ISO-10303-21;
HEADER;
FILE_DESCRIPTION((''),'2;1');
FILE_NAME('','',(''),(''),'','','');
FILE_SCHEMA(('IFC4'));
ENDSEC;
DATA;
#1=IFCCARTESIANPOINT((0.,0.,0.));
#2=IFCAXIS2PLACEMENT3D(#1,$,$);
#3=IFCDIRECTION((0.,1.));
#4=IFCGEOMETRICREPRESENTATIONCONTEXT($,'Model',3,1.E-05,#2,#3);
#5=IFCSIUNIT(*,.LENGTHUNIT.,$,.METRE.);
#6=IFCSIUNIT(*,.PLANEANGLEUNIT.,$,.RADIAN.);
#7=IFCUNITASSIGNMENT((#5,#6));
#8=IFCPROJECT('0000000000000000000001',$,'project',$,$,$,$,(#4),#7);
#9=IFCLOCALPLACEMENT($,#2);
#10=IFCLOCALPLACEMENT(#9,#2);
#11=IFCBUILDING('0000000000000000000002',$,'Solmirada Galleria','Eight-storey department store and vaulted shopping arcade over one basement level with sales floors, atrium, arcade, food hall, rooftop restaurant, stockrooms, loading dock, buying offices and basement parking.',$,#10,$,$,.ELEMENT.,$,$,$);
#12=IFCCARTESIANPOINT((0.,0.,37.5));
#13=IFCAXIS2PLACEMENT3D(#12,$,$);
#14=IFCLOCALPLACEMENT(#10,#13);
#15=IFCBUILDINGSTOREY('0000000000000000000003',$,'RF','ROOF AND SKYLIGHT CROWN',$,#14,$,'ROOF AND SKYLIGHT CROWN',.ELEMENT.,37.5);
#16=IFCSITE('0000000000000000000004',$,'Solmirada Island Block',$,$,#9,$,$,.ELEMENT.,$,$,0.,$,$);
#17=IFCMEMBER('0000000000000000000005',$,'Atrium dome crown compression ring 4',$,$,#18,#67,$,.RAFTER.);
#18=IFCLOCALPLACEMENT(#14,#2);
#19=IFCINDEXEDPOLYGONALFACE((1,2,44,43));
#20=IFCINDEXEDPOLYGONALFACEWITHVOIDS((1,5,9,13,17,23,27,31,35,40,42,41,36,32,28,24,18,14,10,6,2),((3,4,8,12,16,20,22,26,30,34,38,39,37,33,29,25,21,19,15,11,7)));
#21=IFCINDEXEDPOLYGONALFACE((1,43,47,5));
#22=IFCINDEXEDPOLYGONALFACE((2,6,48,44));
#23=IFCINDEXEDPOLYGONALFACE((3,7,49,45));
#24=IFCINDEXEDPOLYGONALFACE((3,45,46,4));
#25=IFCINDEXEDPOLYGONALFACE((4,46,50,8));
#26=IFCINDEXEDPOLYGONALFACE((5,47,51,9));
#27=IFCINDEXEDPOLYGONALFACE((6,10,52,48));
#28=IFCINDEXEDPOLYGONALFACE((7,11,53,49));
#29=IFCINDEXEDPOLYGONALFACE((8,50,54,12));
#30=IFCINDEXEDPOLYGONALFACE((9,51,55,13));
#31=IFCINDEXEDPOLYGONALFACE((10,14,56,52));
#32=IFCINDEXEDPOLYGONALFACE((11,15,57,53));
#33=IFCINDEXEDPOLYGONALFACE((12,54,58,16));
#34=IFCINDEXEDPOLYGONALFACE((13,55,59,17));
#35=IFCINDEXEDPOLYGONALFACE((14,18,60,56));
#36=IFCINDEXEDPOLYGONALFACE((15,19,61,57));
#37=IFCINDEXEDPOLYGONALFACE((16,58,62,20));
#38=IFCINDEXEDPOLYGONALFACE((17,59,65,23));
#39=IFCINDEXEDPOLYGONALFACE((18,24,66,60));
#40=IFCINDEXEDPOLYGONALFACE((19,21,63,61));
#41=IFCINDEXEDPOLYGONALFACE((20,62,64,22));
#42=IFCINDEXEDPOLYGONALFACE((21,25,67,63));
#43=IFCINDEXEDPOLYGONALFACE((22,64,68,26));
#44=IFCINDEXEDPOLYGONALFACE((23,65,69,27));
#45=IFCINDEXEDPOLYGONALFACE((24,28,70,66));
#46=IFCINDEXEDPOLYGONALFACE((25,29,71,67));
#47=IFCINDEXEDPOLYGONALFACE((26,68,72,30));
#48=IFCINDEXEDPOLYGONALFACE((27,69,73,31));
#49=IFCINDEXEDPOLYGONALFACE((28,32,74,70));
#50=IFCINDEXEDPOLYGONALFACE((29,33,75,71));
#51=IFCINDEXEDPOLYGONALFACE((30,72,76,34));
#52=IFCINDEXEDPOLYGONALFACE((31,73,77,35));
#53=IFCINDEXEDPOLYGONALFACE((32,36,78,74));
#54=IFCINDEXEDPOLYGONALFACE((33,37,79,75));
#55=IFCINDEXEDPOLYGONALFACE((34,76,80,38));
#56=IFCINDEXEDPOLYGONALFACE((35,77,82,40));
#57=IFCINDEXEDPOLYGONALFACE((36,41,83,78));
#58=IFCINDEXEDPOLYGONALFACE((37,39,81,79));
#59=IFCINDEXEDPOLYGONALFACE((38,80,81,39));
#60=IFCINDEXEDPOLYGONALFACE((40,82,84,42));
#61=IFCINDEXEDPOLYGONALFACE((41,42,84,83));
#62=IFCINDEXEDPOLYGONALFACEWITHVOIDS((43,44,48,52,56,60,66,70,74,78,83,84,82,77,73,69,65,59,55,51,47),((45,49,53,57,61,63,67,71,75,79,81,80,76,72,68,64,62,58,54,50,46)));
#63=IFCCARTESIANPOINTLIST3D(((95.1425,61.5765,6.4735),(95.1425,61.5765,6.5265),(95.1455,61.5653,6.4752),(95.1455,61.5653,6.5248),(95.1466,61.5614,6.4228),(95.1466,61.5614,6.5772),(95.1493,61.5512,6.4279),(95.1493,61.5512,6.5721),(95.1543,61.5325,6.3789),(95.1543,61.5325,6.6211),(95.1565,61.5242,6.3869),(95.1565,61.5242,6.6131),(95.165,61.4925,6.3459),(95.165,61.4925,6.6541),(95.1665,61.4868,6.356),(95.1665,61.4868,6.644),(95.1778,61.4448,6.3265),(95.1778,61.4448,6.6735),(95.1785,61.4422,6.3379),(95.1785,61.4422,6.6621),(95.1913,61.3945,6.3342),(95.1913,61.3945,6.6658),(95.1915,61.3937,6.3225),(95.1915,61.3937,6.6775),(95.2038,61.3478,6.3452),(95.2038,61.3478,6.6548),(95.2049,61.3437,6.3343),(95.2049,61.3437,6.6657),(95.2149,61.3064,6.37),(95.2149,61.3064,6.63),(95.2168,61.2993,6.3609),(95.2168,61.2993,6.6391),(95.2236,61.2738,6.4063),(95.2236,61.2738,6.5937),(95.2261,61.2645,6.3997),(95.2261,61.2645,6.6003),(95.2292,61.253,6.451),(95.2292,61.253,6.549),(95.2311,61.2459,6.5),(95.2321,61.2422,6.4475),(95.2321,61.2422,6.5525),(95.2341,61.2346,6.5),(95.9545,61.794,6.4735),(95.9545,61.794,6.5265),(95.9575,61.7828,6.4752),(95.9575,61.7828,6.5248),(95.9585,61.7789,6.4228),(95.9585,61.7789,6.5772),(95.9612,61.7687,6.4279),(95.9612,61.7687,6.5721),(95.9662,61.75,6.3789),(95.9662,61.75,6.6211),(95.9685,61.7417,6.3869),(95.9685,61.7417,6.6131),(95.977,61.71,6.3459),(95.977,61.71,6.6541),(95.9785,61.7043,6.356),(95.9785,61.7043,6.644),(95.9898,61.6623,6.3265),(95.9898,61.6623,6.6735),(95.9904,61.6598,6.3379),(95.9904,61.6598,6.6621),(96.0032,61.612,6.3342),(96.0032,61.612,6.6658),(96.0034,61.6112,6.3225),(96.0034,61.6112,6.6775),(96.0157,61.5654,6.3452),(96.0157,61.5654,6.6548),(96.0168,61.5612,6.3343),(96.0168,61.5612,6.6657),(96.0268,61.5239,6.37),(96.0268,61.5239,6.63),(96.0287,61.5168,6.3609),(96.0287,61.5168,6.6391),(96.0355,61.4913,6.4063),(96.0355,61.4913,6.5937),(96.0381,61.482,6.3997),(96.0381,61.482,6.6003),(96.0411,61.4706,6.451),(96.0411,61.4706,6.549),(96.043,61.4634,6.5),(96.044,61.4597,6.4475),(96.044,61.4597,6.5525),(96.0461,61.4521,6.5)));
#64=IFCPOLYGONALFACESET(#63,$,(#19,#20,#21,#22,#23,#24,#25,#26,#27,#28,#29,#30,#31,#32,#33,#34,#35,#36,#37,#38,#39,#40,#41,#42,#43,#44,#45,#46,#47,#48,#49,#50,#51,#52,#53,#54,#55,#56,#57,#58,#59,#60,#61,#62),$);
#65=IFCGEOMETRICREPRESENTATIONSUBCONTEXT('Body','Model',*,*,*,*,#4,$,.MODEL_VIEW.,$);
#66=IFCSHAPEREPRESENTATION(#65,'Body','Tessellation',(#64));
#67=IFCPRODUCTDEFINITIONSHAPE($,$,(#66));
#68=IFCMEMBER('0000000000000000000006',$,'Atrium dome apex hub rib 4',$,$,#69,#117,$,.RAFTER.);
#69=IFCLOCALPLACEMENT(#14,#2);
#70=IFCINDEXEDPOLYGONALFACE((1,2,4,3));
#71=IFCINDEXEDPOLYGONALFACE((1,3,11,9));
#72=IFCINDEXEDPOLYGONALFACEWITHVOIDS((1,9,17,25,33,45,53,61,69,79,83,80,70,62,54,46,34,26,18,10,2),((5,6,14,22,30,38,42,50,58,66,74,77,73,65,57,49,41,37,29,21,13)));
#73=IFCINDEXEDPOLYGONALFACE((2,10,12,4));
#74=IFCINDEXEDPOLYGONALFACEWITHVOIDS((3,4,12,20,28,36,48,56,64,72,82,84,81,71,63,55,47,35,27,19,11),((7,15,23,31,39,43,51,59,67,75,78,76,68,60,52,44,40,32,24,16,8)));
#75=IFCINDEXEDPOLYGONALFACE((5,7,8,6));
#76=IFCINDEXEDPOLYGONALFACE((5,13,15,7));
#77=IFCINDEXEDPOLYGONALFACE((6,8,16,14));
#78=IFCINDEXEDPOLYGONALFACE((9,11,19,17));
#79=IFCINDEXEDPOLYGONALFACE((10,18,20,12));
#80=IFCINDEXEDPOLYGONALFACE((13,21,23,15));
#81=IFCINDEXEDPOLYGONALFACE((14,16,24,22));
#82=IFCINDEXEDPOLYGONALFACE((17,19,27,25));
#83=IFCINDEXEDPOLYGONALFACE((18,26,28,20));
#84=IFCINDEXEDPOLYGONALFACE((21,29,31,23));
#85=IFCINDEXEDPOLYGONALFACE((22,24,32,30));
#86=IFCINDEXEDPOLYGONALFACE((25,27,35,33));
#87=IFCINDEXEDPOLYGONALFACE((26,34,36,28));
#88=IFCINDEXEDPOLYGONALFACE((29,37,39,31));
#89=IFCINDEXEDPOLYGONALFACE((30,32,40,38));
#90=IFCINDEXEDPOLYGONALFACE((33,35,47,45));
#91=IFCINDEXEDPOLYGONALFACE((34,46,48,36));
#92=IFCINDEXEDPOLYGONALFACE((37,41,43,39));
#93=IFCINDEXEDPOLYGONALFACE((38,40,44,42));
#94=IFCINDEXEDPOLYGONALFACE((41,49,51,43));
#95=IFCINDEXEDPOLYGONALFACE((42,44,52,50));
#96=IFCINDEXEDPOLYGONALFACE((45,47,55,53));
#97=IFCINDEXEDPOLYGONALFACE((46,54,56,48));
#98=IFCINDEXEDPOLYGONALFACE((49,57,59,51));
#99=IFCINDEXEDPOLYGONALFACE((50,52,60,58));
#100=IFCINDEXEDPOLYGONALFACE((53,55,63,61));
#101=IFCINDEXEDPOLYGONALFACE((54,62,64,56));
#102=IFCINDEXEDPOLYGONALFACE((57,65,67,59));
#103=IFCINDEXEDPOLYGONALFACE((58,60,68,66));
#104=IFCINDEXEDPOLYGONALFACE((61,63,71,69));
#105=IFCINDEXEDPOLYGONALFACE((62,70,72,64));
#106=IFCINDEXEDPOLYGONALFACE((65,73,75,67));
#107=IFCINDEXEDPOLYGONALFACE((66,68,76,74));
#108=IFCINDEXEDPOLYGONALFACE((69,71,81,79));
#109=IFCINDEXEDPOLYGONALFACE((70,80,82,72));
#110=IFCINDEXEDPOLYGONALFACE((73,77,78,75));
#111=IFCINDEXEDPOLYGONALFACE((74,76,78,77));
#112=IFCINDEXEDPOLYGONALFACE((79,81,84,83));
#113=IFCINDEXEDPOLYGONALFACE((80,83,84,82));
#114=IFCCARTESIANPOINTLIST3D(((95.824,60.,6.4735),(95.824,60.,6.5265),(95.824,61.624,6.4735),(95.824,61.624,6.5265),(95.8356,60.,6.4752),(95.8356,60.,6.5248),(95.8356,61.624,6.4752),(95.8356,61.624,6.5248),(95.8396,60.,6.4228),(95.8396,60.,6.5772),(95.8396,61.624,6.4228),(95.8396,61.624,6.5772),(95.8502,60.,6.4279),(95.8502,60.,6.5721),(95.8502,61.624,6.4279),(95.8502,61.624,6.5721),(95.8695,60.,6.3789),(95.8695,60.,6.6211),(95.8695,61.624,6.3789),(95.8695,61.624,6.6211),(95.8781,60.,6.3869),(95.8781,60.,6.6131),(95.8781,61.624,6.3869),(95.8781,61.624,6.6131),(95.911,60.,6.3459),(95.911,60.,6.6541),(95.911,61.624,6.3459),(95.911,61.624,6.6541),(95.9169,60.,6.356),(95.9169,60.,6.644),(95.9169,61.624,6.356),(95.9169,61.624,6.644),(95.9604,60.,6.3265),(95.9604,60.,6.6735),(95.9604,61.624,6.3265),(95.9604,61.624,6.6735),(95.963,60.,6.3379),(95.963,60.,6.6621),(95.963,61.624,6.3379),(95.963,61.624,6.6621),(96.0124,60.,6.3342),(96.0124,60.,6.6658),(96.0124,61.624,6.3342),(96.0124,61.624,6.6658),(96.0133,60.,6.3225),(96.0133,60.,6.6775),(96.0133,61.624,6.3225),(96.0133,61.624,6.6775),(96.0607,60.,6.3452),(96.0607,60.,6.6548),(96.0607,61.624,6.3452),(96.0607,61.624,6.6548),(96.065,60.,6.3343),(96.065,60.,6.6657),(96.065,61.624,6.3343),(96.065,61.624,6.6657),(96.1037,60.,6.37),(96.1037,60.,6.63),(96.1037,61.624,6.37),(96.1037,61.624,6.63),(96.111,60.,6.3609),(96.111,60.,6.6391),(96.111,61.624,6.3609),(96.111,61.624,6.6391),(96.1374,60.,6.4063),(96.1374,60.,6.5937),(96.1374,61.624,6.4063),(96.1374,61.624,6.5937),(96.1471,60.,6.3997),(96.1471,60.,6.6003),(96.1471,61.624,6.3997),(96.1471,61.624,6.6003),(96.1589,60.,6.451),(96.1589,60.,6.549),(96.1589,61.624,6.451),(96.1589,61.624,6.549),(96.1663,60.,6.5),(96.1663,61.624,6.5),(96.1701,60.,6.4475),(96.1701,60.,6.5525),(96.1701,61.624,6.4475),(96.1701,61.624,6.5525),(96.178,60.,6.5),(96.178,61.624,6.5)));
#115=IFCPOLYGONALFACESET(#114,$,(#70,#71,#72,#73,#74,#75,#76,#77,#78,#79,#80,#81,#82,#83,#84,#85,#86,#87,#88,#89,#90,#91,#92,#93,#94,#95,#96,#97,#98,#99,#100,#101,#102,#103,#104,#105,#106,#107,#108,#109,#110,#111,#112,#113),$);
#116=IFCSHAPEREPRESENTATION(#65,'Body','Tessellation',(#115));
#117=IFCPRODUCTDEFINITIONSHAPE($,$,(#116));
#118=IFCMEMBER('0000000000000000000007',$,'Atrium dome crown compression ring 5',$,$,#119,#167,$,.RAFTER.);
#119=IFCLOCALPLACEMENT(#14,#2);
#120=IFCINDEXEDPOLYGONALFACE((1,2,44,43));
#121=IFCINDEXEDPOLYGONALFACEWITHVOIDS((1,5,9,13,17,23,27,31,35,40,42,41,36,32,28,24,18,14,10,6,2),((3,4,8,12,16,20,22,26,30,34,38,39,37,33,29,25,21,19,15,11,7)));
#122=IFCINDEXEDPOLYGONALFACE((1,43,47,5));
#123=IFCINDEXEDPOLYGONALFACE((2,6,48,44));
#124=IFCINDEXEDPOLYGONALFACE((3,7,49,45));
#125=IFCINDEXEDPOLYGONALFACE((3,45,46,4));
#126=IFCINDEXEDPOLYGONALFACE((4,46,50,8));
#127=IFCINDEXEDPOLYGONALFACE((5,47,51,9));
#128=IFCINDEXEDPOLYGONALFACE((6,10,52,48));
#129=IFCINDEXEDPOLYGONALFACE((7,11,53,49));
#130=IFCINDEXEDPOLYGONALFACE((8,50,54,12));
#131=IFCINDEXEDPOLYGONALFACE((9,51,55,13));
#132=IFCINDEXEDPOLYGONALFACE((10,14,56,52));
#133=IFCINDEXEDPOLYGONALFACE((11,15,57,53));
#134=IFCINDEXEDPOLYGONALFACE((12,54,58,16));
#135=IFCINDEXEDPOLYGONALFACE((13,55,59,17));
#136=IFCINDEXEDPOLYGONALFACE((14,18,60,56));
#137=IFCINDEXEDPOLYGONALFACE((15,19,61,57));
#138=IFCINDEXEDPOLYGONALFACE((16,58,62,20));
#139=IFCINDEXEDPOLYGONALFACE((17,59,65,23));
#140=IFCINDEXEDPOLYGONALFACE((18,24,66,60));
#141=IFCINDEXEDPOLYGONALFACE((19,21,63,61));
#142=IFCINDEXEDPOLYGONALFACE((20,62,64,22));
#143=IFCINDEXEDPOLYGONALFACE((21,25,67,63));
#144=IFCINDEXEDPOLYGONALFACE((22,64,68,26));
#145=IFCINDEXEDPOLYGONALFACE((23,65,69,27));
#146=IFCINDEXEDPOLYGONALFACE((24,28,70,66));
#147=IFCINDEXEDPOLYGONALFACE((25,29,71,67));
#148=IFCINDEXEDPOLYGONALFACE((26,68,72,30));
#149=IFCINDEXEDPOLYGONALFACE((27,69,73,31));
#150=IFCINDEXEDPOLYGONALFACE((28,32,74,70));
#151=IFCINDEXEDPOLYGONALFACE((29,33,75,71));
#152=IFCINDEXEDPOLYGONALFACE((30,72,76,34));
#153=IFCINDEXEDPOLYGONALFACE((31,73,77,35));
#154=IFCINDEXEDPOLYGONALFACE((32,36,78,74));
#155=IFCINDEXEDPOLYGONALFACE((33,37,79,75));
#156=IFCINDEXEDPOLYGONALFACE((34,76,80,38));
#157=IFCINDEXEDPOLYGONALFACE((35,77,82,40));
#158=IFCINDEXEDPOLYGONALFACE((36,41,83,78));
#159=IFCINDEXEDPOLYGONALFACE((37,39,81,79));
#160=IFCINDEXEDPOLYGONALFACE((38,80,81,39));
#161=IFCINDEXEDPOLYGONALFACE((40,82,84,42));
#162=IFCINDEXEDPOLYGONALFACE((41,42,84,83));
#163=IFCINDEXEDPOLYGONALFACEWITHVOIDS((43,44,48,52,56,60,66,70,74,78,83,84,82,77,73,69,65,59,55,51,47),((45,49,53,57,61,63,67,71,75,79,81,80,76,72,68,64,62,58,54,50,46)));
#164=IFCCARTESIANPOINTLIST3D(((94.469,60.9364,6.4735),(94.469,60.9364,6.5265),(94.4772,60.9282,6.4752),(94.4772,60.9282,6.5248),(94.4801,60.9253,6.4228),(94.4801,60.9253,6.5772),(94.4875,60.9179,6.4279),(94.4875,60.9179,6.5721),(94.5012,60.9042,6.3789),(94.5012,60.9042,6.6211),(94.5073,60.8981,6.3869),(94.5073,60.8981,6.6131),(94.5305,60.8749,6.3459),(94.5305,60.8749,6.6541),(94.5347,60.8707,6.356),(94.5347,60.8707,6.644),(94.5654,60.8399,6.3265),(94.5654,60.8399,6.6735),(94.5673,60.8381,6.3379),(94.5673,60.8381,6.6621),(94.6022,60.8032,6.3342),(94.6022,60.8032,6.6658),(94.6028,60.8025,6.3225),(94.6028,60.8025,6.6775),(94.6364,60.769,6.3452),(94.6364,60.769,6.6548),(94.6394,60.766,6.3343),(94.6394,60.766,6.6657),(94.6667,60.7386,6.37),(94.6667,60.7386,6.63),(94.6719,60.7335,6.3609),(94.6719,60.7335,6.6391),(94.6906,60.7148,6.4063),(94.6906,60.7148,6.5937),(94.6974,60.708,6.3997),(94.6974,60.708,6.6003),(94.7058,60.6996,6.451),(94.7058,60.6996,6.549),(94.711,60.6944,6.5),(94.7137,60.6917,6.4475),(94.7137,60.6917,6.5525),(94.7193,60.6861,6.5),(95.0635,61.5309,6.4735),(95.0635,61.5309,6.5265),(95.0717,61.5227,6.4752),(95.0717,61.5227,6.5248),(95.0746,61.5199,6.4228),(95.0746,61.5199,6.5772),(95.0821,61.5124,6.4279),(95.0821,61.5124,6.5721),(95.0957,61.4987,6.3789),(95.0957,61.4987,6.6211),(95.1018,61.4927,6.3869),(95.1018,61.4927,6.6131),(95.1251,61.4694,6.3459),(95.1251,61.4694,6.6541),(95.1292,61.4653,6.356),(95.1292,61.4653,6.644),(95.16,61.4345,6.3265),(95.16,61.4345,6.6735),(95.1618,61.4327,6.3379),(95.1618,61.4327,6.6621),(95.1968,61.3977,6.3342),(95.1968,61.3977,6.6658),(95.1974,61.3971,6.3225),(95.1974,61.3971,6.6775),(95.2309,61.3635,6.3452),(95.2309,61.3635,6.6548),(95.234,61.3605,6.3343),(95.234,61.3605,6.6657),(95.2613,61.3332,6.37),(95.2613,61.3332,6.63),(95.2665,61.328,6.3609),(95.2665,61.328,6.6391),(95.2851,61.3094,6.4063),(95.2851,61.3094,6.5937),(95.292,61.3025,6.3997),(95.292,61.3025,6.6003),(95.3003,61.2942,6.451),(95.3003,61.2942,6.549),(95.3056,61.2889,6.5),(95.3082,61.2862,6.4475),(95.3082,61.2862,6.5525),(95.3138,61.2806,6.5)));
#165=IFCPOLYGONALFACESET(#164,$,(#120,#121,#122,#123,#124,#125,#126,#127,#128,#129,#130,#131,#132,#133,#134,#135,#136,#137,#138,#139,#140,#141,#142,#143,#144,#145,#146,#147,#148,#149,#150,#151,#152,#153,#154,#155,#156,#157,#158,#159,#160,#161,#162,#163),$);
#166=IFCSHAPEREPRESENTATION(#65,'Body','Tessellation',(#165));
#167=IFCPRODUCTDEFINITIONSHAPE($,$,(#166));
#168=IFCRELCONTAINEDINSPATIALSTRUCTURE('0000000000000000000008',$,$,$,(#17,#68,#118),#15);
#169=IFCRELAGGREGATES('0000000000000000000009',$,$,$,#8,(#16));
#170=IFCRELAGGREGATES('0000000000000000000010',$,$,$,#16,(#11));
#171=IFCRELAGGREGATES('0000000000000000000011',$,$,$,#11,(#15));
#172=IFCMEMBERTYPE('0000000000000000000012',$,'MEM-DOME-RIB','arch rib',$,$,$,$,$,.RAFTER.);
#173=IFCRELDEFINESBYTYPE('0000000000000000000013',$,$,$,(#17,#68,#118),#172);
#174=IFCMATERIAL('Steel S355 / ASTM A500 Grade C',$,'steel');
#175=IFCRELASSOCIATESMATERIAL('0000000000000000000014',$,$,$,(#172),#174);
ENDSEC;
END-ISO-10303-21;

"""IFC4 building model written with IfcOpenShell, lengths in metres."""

from ifc_helpers import new_model, si_unit, direction, frame, origin, origin_2d, place, context, subcontext, project, spatial, hollow_circle, extrude, material, material_profile, profile_set, type_object, element, save


model = new_model("IFC4")

# Units and contexts
model_context = context("Model", 3, precision=1e-05, world=origin(), true_north=direction((0.0, 1.0)))
body_context = subcontext(model_context, "Body", "Model", "MODEL_VIEW")
ifc_project = project(units=[si_unit("LENGTHUNIT", "METRE"), si_unit("PLANEANGLEUNIT", "RADIAN")], contexts=[model_context])

# Site, building, storey
site_placement = place(None, origin())
site = spatial("IfcSite", under=ifc_project, at=site_placement, Name="Solmirada Island Block", CompositionType="ELEMENT", RefElevation=0.0)
building_placement = place(site_placement, origin())
building = spatial("IfcBuilding", under=site, at=building_placement, Name="Solmirada Galleria", Description="Eight-storey department store and vaulted shopping arcade over one basement level with sales floors, atrium, arcade, food hall, rooftop restaurant, stockrooms, loading dock, buying offices and basement parking.", CompositionType="ELEMENT")
storey_placement = place(building_placement, frame((0.0, 0.0, 37.5)))
storey = spatial("IfcBuildingStorey", under=building, at=storey_placement, Name="RF", Description="ROOF AND SKYLIGHT CROWN", LongName="ROOF AND SKYLIGHT CROWN", CompositionType="ELEMENT", Elevation=37.5)

# Members
ifc_material_1 = material(Name="Steel S355 / ASTM A500 Grade C", Category="steel")
ifc_material_profile_1 = material_profile(ifc_material_1, hollow_circle(Radius=0.178, WallThickness=0.0117, at=origin_2d()), Name="HSS14.000X0.500")
ifc_profile_set_1 = profile_set([ifc_material_profile_1], Name="Steel S355 / ASTM A500 Grade C")
member_type_1 = type_object("IfcMemberType", Name="MEM-DOME-RIB", Description="arch rib", PredefinedType="RAFTER", material=ifc_profile_set_1)
member_1_placement = place(storey_placement, frame((96.0, 61.624, 6.5), z_axis=(-0.96594, -0.258765, 0.0), x_axis=(0.258765, -0.96594, 0.0)))
element("IfcMember", 1, at=member_1_placement, inside=storey, type_object=member_type_1, Name="Atrium dome crown compression ring 4", PredefinedType="RAFTER", context=body_context, shape_type="SweptSolid", body=[
    extrude(hollow_circle(Radius=0.178, WallThickness=0.0117, at=origin_2d()), origin(), (0.0, 0.0, 1.0), 0.8406),
])
member_2_placement = place(storey_placement, frame((96.0, 61.624, 6.5), z_axis=(0.0, -1.0, 0.0), x_axis=(1.0, 0.0, 0.0)))
element("IfcMember", 2, at=member_2_placement, inside=storey, type_object=member_type_1, Name="Atrium dome apex hub rib 4", PredefinedType="RAFTER", context=body_context, shape_type="SweptSolid", body=[
    extrude(hollow_circle(Radius=0.178, WallThickness=0.0117, at=origin_2d()), origin(), (0.0, 0.0, 1.0), 1.624),
])
member_3_placement = place(storey_placement, frame((95.188, 61.4065, 6.5), z_axis=(-0.707107, -0.707107, 0.0), x_axis=(0.707107, -0.707107, 0.0)))
element("IfcMember", 3, at=member_3_placement, inside=storey, type_object=member_type_1, Name="Atrium dome crown compression ring 5", PredefinedType="RAFTER", context=body_context, shape_type="SweptSolid", body=[
    extrude(hollow_circle(Radius=0.178, WallThickness=0.0117, at=origin_2d()), origin(), (0.0, 0.0, 1.0), 0.8408),
])

save(model, "model.ifc")
